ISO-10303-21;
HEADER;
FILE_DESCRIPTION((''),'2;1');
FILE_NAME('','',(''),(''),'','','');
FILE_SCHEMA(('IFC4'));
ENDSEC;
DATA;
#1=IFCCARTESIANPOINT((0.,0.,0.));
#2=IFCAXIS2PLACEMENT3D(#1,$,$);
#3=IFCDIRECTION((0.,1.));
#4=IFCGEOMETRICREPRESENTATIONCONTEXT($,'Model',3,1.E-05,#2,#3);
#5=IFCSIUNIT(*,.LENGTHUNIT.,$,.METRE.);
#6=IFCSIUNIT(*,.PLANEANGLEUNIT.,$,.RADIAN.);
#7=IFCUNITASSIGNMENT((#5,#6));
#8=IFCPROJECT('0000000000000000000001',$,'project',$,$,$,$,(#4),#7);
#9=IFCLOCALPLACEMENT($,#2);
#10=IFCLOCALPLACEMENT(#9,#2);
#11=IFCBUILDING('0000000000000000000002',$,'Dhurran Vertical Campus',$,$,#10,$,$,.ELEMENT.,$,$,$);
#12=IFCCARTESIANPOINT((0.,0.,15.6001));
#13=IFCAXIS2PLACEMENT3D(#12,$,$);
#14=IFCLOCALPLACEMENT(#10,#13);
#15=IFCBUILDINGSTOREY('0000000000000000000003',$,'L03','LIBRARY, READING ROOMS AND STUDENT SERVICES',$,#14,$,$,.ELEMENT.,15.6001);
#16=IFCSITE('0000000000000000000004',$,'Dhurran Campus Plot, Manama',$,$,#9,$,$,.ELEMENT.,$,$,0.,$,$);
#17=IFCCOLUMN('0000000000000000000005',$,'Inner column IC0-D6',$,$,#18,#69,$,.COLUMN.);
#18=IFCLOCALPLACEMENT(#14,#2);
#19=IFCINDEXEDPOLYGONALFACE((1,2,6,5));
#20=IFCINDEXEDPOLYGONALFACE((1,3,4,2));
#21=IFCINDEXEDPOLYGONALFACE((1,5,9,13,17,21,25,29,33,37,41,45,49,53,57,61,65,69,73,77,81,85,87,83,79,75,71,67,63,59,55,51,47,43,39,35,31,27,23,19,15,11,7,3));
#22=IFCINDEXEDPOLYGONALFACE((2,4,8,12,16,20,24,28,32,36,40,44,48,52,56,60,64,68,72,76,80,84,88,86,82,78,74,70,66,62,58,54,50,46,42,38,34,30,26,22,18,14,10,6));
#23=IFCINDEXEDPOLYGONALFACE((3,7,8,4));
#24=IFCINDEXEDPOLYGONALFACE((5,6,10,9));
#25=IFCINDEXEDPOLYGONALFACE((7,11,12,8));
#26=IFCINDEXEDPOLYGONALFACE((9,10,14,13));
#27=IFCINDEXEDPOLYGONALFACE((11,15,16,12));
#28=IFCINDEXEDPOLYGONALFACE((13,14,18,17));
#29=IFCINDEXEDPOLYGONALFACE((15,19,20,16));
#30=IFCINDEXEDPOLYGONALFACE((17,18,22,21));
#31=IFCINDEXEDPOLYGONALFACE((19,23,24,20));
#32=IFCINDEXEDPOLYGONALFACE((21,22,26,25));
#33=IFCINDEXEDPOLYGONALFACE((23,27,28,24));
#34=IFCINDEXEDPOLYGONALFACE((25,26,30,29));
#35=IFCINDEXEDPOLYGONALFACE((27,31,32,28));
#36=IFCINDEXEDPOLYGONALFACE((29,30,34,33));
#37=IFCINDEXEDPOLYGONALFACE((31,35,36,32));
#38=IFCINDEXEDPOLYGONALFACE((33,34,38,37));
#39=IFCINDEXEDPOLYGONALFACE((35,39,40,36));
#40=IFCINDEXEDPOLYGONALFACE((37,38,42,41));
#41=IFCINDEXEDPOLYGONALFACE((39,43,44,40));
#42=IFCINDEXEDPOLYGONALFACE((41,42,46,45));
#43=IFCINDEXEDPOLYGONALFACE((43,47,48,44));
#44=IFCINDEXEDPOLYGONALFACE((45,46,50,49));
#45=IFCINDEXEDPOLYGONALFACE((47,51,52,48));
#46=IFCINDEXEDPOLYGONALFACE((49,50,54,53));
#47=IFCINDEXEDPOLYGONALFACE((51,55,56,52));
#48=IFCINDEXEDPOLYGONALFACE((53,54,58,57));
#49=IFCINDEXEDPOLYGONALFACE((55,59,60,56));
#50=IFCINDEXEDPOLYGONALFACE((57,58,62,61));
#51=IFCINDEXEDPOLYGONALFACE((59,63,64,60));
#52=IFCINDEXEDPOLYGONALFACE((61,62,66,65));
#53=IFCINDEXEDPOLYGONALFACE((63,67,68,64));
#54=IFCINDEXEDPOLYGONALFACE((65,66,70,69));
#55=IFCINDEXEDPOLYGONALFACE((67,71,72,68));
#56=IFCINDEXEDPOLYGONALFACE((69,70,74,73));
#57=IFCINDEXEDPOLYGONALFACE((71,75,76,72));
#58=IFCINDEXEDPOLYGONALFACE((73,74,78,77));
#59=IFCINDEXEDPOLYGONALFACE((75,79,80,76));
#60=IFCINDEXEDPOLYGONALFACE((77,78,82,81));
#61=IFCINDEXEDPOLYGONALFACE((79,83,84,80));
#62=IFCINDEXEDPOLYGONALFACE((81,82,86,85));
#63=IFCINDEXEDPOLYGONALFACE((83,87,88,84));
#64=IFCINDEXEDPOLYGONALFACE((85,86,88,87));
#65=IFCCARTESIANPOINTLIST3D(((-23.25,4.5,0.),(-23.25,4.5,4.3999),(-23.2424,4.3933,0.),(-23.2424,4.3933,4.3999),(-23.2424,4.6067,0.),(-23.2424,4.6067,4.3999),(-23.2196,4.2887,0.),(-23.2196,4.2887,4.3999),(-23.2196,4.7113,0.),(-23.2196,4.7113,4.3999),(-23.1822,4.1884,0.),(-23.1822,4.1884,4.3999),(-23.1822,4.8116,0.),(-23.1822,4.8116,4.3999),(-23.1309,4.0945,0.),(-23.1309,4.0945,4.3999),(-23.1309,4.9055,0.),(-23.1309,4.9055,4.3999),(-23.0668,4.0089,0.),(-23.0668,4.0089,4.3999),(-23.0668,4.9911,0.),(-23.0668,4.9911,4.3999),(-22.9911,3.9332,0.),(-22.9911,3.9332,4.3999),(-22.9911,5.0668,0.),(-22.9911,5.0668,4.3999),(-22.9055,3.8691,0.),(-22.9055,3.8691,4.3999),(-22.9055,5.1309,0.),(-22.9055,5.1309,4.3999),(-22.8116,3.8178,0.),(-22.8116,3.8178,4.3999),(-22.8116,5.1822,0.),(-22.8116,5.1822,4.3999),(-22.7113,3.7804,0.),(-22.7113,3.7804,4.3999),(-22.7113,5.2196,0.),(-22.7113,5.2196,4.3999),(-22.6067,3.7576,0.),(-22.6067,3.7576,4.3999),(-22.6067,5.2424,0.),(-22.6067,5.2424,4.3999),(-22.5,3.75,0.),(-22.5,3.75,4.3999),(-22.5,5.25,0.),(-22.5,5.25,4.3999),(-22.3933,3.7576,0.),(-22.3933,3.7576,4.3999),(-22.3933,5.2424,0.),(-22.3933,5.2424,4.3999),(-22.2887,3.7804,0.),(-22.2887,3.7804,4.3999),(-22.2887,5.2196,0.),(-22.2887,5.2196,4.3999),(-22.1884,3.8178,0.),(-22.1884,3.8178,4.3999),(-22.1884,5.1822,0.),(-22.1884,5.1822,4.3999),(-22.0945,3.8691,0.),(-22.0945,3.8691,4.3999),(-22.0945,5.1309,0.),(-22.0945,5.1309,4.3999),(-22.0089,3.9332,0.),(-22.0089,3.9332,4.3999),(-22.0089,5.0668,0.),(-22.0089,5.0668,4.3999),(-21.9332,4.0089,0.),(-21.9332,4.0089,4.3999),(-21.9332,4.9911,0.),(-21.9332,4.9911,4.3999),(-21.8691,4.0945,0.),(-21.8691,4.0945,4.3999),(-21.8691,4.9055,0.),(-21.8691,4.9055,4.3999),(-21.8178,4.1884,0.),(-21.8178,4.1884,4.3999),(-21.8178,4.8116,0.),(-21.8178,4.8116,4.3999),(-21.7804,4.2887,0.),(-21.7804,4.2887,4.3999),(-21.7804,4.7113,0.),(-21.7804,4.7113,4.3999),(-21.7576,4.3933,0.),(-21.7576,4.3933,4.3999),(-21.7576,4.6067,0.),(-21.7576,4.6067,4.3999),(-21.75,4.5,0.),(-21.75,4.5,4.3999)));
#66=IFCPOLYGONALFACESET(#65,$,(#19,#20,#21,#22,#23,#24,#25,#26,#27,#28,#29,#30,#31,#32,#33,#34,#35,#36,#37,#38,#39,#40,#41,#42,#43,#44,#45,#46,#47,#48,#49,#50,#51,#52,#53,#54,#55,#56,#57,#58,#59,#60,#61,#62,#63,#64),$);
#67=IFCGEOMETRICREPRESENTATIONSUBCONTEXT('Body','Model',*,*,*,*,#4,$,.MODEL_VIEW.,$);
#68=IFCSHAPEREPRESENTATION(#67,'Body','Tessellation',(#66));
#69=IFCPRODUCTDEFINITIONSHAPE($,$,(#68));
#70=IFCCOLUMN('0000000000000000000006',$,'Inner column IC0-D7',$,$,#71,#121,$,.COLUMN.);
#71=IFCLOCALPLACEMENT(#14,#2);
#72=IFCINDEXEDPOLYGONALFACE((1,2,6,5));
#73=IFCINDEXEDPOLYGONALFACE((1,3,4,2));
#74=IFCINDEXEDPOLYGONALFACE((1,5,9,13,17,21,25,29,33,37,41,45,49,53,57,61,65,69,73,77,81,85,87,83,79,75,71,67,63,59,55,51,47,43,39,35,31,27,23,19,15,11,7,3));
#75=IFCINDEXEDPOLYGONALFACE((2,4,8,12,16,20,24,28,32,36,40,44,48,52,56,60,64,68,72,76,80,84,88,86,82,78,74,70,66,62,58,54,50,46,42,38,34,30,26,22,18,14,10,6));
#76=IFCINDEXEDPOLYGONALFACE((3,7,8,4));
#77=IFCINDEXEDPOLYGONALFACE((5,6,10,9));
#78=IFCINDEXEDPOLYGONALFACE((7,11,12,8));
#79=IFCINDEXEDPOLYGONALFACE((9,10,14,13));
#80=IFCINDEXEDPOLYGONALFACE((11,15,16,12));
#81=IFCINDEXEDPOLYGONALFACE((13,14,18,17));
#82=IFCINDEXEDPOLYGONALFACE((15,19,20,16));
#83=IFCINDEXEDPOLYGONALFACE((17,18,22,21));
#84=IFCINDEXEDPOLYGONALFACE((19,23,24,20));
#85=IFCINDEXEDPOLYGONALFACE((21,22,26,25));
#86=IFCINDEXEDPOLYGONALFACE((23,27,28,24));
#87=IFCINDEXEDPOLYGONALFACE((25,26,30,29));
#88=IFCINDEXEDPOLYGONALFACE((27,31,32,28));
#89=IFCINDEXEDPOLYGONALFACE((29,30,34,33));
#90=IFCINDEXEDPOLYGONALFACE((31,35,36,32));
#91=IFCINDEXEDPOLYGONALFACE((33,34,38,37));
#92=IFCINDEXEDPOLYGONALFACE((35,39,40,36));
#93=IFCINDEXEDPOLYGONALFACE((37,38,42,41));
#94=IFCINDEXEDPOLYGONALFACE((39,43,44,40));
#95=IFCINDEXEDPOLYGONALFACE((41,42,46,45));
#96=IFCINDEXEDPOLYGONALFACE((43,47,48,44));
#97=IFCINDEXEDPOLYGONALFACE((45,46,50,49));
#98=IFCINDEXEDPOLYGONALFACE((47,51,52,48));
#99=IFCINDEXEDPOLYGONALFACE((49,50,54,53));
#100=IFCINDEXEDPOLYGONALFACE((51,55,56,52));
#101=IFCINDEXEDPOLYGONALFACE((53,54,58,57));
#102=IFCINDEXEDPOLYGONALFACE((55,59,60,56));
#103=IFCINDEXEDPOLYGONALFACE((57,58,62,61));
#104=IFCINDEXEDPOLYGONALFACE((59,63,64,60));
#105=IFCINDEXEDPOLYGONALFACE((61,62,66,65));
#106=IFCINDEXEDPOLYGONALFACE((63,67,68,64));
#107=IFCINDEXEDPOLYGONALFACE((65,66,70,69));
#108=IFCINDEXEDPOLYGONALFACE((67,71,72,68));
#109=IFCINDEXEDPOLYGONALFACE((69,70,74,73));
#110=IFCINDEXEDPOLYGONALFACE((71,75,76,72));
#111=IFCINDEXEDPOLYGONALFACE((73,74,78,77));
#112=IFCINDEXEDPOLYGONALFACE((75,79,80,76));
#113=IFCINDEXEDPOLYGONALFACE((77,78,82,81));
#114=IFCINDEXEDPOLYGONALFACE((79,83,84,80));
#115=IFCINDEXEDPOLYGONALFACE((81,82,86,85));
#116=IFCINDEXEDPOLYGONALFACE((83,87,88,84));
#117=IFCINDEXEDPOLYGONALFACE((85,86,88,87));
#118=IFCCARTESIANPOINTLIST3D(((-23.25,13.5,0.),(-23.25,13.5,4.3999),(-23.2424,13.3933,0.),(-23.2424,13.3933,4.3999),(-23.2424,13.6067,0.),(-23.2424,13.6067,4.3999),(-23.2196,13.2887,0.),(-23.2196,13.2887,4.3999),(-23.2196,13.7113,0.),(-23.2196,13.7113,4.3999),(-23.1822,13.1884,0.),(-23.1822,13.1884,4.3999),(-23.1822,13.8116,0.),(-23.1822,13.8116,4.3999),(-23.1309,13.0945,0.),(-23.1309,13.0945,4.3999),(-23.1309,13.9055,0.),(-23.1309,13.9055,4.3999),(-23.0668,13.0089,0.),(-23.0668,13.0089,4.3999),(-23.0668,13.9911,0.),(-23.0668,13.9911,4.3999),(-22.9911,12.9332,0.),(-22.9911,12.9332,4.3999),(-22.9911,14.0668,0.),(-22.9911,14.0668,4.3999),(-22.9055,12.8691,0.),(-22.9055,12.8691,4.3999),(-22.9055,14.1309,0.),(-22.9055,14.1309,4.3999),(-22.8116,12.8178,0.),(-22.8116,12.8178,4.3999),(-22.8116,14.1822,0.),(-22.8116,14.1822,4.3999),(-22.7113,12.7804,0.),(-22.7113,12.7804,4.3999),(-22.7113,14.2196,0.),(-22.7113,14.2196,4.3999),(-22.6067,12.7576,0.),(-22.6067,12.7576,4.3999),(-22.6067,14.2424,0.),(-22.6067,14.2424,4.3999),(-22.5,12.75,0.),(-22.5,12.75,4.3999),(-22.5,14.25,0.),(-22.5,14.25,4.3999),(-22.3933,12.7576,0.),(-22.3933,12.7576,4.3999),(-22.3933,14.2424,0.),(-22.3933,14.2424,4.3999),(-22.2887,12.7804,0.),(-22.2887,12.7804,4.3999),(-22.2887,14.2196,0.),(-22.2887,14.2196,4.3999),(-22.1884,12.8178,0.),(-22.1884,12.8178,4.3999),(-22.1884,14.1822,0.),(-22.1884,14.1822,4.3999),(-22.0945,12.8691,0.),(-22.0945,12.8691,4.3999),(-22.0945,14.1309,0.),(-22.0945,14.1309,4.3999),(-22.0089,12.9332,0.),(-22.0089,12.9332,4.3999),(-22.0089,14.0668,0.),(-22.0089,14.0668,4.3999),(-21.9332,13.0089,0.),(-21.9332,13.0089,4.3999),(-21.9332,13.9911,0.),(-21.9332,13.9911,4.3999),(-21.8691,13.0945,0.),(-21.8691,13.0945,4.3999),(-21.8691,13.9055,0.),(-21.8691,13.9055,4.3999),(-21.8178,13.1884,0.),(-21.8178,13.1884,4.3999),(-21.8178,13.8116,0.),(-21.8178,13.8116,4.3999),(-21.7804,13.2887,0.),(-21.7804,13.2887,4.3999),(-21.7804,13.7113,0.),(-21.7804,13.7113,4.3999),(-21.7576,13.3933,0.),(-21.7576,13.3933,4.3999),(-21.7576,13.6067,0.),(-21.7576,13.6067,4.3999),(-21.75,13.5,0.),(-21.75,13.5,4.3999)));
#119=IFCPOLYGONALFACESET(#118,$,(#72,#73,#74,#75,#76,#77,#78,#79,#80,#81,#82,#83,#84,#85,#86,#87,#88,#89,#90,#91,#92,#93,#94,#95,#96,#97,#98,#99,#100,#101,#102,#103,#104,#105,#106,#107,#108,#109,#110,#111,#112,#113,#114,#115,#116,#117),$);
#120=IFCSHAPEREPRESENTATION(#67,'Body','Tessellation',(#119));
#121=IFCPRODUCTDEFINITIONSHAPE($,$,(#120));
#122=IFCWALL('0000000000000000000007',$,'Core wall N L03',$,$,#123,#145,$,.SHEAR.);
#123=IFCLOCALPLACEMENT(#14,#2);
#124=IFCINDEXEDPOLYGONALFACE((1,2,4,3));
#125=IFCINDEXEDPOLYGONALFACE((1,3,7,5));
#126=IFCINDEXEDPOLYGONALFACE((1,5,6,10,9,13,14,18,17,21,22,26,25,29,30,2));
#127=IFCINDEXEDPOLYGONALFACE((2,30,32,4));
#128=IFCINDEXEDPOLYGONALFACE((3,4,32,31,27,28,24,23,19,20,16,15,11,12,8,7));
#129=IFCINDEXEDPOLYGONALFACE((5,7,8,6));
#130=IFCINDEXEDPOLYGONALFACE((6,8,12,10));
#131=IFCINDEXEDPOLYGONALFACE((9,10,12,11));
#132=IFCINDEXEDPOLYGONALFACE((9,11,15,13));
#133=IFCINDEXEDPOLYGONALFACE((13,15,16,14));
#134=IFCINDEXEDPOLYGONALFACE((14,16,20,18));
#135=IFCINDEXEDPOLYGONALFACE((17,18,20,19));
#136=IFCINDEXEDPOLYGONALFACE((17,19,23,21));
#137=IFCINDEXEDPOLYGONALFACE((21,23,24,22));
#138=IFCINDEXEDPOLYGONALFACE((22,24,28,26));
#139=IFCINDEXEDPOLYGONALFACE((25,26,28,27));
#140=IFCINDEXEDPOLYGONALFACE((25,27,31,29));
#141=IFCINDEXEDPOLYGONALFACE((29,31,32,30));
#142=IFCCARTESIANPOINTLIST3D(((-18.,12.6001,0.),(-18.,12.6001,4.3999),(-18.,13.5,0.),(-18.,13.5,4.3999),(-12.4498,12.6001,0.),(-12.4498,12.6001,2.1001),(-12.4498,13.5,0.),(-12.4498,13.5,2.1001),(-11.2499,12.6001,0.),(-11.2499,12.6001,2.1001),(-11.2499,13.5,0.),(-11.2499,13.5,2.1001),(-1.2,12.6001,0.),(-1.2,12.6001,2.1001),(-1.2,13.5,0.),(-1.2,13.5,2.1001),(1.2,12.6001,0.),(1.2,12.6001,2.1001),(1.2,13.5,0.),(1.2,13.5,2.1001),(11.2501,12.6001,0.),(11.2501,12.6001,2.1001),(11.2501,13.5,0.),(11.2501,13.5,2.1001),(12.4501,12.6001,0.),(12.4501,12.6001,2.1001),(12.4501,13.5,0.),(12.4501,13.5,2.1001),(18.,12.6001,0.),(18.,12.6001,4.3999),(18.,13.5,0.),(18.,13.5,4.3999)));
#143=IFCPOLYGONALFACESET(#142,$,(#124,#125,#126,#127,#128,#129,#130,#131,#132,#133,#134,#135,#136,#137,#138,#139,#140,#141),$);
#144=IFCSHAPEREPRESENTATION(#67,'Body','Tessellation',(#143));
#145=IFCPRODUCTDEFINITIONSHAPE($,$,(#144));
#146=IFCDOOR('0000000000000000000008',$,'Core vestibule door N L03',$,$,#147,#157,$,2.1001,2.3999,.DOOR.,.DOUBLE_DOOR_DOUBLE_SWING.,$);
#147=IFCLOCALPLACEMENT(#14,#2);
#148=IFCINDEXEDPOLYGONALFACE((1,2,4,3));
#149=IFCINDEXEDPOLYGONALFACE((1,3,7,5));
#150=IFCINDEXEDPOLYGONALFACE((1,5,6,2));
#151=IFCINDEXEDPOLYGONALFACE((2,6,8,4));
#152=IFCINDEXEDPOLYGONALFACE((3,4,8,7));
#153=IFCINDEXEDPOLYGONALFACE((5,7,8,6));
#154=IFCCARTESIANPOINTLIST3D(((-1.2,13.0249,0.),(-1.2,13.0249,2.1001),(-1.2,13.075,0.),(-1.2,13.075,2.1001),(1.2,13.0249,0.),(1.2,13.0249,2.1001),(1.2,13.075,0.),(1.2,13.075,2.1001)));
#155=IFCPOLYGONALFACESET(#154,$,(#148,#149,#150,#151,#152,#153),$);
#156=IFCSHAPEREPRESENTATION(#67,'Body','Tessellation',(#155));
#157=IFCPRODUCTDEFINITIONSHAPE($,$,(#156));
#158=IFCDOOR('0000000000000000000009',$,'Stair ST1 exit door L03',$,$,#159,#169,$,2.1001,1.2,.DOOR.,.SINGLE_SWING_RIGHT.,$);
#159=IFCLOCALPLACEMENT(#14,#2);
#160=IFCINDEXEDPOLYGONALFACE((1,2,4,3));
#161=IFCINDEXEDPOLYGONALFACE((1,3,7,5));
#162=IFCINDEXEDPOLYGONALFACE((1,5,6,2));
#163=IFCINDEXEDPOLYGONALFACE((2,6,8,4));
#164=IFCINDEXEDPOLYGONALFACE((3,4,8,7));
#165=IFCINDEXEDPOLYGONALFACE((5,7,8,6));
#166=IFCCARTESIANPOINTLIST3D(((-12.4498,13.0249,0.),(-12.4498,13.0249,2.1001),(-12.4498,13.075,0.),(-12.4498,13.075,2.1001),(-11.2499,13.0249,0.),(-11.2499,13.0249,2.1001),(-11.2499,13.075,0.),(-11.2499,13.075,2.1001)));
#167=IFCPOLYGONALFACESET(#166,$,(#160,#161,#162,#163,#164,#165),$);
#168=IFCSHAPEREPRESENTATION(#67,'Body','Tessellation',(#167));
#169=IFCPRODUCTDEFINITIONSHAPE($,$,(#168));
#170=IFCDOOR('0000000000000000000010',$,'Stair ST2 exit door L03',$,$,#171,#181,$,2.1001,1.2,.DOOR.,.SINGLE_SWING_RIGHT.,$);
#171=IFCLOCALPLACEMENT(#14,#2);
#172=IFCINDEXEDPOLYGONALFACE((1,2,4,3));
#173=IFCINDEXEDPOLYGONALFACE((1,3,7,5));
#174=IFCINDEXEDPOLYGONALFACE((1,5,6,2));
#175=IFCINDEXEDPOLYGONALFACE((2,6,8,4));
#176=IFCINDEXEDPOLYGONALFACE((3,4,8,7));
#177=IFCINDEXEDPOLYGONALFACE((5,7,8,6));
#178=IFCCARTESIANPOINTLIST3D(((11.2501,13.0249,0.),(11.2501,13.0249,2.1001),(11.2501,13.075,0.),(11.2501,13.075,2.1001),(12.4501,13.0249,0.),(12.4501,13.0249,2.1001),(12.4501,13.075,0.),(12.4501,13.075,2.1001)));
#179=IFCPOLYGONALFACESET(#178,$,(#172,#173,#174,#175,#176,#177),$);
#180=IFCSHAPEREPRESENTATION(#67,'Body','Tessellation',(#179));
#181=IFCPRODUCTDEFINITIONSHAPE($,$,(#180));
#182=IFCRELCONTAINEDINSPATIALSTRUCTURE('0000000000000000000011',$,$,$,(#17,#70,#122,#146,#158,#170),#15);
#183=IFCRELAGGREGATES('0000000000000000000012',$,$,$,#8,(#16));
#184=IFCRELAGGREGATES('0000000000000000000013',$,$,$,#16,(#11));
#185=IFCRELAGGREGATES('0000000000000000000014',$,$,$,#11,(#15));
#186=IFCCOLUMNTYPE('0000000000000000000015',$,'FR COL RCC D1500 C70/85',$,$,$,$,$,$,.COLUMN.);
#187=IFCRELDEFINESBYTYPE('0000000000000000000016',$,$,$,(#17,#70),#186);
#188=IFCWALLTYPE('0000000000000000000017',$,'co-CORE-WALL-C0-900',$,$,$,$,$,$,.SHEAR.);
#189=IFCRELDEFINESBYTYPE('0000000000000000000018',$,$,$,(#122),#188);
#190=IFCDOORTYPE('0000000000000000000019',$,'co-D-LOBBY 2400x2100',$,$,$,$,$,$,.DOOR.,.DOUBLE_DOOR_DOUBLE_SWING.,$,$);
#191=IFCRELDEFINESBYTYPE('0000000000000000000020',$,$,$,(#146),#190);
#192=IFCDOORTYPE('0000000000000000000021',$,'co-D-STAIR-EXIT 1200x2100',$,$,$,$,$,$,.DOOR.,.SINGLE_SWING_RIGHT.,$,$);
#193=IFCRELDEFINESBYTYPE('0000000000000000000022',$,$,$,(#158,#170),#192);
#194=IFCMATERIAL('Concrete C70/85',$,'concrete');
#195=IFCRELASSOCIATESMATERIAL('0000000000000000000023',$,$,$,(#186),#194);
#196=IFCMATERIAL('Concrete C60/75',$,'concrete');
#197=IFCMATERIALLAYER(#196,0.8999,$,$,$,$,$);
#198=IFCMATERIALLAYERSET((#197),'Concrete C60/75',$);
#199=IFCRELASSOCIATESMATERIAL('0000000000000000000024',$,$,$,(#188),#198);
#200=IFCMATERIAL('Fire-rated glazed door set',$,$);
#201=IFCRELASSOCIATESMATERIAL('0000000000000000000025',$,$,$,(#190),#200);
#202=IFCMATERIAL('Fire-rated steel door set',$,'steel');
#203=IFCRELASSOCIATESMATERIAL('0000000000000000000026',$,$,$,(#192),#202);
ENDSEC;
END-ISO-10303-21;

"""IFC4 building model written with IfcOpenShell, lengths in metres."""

from ifc_helpers import new_model, si_unit, direction, frame, frame_2d, origin, origin_2d, place, context, subcontext, project, spatial, rectangle, circle, extrude, material, layer, layer_set, material_profile, profile_set, type_object, element, fill, save


model = new_model("IFC4")

# Units and contexts
model_context = context("Model", 3, precision=1e-05, world=origin(), true_north=direction((0.0, 1.0)))
body_context = subcontext(model_context, "Body", "Model", "MODEL_VIEW")
ifc_project = project(units=[si_unit("LENGTHUNIT", "METRE"), si_unit("PLANEANGLEUNIT", "RADIAN")], contexts=[model_context])

# Site, building, storey
site_placement = place(None, origin())
site = spatial("IfcSite", under=ifc_project, at=site_placement, Name="Dhurran Campus Plot, Manama", CompositionType="ELEMENT", RefElevation=0.0)
building_placement = place(site_placement, origin())
building = spatial("IfcBuilding", under=site, at=building_placement, Name="Dhurran Vertical Campus", CompositionType="ELEMENT")
storey_placement = place(building_placement, frame((0.0, 0.0, 15.6001)))
storey = spatial("IfcBuildingStorey", under=building, at=storey_placement, Name="L03", Description="LIBRARY, READING ROOMS AND STUDENT SERVICES", CompositionType="ELEMENT", Elevation=15.6001)

# Columns
ifc_material_1 = material(Name="Concrete C70/85", Category="concrete")
ifc_material_profile = material_profile(ifc_material_1, circle(Radius=0.75, at=origin_2d()), Name="RCC D1500")
ifc_profile_set = profile_set([ifc_material_profile], Name="Concrete C70/85")
column_type = type_object("IfcColumnType", Name="FR COL RCC D1500 C70/85", PredefinedType="COLUMN", material=ifc_profile_set)
for number, where, z_axis, x_axis, name in (
    (1, (-22.5, 4.5, 0.0), (0.0, 0.0, 1.0), (1.0, 0.0, 0.0), "Inner column IC0-D6"),
    (2, (-22.5, 13.5, 0.0), (0.0, 0.0, 1.0), (1.0, 0.0, 0.0), "Inner column IC0-D7"),
):
    element("IfcColumn", number, at=place(storey_placement, frame(where, z_axis=z_axis, x_axis=x_axis)), inside=storey, type_object=column_type, Name=name, PredefinedType="COLUMN", context=body_context, shape_type="SweptSolid", body=[
        extrude(circle(Radius=0.75, at=origin_2d()), origin(), (0.0, 0.0, 1.0), 4.3999),
    ])

# Wall, openings, doors
ifc_material_2 = material(Name="Concrete C60/75", Category="concrete")
ifc_layer_1 = layer(ifc_material_2, 0.8999)
ifc_layer_set_1 = layer_set([ifc_layer_1], Name="Concrete C60/75")
wall_type_1 = type_object("IfcWallType", Name="co-CORE-WALL-C0-900", PredefinedType="SHEAR", material=ifc_layer_set_1)
wall_1_placement = place(storey_placement, frame((-18.0, 13.05, 0.0), z_axis=(0.0, 0.0, 1.0), x_axis=(1.0, 0.0, 0.0)))
wall_1 = element("IfcWall", 3, at=wall_1_placement, inside=storey, type_object=wall_type_1, Name="Core wall N L03", PredefinedType="SHEAR", context=body_context, shape_type="SweptSolid", body=[
    extrude(rectangle(XDim=36.0, YDim=0.8999, at=frame_2d((18.0, 0.0))), origin(), (0.0, 0.0, 1.0), 4.3999),
])
opening_1_placement = place(wall_1_placement, frame((16.8, 0.0, 0.0)))
opening_1 = element("IfcOpeningElement", 4, at=opening_1_placement, cuts=wall_1, PredefinedType="OPENING", context=body_context, shape_type="SweptSolid", body=[
    extrude(rectangle(XDim=2.3999, YDim=2.1001, at=frame_2d((1.2, 1.05))), frame((0.0, 0.46, 0.0), z_axis=(0.0, -1.0, 0.0), x_axis=(1.0, 0.0, 0.0)), (0.0, 0.0, 1.0), 0.9199),
])
opening_2_placement = place(wall_1_placement, frame((5.55, 0.0, 0.0)))
opening_2 = element("IfcOpeningElement", 5, at=opening_2_placement, cuts=wall_1, PredefinedType="OPENING", context=body_context, shape_type="SweptSolid", body=[
    extrude(rectangle(XDim=1.2, YDim=2.1001, at=frame_2d((0.6001, 1.05))), frame((0.0, 0.46, 0.0), z_axis=(0.0, -1.0, 0.0), x_axis=(1.0, 0.0, 0.0)), (0.0, 0.0, 1.0), 0.9199),
])
opening_3_placement = place(wall_1_placement, frame((29.25, 0.0, 0.0)))
opening_3 = element("IfcOpeningElement", 6, at=opening_3_placement, cuts=wall_1, PredefinedType="OPENING", context=body_context, shape_type="SweptSolid", body=[
    extrude(rectangle(XDim=1.2, YDim=2.1001, at=frame_2d((0.6001, 1.05))), frame((0.0, 0.46, 0.0), z_axis=(0.0, -1.0, 0.0), x_axis=(1.0, 0.0, 0.0)), (0.0, 0.0, 1.0), 0.9199),
])
ifc_material_3 = material(Name="Fire-rated glazed door set")
door_type_1 = type_object("IfcDoorType", Name="co-D-LOBBY 2400x2100", OperationType="DOUBLE_DOOR_DOUBLE_SWING", PredefinedType="DOOR", material=ifc_material_3)
door_1_placement = place(opening_1_placement, origin())
door_1 = element("IfcDoor", 7, at=door_1_placement, inside=storey, type_object=door_type_1, Name="Core vestibule door N L03", OperationType="DOUBLE_DOOR_DOUBLE_SWING", OverallHeight=2.1001, OverallWidth=2.3999, PredefinedType="DOOR", context=body_context, shape_type="SweptSolid", body=[
    extrude(rectangle(XDim=2.3999, YDim=2.1001, at=frame_2d((1.2, 1.05))), frame((0.0, 0.0249, 0.0), z_axis=(0.0, -1.0, 0.0), x_axis=(1.0, 0.0, 0.0)), (0.0, 0.0, 1.0), 0.05),
])
fill(opening_1, door_1)
ifc_material_4 = material(Name="Fire-rated steel door set", Category="steel")
door_type_2 = type_object("IfcDoorType", Name="co-D-STAIR-EXIT 1200x2100", OperationType="SINGLE_SWING_RIGHT", PredefinedType="DOOR", material=ifc_material_4)
door_2_placement = place(opening_2_placement, origin())
door_2 = element("IfcDoor", 8, at=door_2_placement, inside=storey, type_object=door_type_2, Name="Stair ST1 exit door L03", OperationType="SINGLE_SWING_RIGHT", OverallHeight=2.1001, OverallWidth=1.2, PredefinedType="DOOR", context=body_context, shape_type="SweptSolid", body=[
    extrude(rectangle(XDim=1.2, YDim=2.1001, at=frame_2d((0.6001, 1.05))), frame((0.0, 0.0249, 0.0), z_axis=(0.0, -1.0, 0.0), x_axis=(1.0, 0.0, 0.0)), (0.0, 0.0, 1.0), 0.05),
])
fill(opening_2, door_2)
door_3_placement = place(opening_3_placement, origin())
door_3 = element("IfcDoor", 9, at=door_3_placement, inside=storey, type_object=door_type_2, Name="Stair ST2 exit door L03", OperationType="SINGLE_SWING_RIGHT", OverallHeight=2.1001, OverallWidth=1.2, PredefinedType="DOOR", context=body_context, shape_type="SweptSolid", body=[
    extrude(rectangle(XDim=1.2, YDim=2.1001, at=frame_2d((0.6001, 1.05))), frame((0.0, 0.0249, 0.0), z_axis=(0.0, -1.0, 0.0), x_axis=(1.0, 0.0, 0.0)), (0.0, 0.0, 1.0), 0.05),
])
fill(opening_3, door_3)

save(model, "model.ifc")
